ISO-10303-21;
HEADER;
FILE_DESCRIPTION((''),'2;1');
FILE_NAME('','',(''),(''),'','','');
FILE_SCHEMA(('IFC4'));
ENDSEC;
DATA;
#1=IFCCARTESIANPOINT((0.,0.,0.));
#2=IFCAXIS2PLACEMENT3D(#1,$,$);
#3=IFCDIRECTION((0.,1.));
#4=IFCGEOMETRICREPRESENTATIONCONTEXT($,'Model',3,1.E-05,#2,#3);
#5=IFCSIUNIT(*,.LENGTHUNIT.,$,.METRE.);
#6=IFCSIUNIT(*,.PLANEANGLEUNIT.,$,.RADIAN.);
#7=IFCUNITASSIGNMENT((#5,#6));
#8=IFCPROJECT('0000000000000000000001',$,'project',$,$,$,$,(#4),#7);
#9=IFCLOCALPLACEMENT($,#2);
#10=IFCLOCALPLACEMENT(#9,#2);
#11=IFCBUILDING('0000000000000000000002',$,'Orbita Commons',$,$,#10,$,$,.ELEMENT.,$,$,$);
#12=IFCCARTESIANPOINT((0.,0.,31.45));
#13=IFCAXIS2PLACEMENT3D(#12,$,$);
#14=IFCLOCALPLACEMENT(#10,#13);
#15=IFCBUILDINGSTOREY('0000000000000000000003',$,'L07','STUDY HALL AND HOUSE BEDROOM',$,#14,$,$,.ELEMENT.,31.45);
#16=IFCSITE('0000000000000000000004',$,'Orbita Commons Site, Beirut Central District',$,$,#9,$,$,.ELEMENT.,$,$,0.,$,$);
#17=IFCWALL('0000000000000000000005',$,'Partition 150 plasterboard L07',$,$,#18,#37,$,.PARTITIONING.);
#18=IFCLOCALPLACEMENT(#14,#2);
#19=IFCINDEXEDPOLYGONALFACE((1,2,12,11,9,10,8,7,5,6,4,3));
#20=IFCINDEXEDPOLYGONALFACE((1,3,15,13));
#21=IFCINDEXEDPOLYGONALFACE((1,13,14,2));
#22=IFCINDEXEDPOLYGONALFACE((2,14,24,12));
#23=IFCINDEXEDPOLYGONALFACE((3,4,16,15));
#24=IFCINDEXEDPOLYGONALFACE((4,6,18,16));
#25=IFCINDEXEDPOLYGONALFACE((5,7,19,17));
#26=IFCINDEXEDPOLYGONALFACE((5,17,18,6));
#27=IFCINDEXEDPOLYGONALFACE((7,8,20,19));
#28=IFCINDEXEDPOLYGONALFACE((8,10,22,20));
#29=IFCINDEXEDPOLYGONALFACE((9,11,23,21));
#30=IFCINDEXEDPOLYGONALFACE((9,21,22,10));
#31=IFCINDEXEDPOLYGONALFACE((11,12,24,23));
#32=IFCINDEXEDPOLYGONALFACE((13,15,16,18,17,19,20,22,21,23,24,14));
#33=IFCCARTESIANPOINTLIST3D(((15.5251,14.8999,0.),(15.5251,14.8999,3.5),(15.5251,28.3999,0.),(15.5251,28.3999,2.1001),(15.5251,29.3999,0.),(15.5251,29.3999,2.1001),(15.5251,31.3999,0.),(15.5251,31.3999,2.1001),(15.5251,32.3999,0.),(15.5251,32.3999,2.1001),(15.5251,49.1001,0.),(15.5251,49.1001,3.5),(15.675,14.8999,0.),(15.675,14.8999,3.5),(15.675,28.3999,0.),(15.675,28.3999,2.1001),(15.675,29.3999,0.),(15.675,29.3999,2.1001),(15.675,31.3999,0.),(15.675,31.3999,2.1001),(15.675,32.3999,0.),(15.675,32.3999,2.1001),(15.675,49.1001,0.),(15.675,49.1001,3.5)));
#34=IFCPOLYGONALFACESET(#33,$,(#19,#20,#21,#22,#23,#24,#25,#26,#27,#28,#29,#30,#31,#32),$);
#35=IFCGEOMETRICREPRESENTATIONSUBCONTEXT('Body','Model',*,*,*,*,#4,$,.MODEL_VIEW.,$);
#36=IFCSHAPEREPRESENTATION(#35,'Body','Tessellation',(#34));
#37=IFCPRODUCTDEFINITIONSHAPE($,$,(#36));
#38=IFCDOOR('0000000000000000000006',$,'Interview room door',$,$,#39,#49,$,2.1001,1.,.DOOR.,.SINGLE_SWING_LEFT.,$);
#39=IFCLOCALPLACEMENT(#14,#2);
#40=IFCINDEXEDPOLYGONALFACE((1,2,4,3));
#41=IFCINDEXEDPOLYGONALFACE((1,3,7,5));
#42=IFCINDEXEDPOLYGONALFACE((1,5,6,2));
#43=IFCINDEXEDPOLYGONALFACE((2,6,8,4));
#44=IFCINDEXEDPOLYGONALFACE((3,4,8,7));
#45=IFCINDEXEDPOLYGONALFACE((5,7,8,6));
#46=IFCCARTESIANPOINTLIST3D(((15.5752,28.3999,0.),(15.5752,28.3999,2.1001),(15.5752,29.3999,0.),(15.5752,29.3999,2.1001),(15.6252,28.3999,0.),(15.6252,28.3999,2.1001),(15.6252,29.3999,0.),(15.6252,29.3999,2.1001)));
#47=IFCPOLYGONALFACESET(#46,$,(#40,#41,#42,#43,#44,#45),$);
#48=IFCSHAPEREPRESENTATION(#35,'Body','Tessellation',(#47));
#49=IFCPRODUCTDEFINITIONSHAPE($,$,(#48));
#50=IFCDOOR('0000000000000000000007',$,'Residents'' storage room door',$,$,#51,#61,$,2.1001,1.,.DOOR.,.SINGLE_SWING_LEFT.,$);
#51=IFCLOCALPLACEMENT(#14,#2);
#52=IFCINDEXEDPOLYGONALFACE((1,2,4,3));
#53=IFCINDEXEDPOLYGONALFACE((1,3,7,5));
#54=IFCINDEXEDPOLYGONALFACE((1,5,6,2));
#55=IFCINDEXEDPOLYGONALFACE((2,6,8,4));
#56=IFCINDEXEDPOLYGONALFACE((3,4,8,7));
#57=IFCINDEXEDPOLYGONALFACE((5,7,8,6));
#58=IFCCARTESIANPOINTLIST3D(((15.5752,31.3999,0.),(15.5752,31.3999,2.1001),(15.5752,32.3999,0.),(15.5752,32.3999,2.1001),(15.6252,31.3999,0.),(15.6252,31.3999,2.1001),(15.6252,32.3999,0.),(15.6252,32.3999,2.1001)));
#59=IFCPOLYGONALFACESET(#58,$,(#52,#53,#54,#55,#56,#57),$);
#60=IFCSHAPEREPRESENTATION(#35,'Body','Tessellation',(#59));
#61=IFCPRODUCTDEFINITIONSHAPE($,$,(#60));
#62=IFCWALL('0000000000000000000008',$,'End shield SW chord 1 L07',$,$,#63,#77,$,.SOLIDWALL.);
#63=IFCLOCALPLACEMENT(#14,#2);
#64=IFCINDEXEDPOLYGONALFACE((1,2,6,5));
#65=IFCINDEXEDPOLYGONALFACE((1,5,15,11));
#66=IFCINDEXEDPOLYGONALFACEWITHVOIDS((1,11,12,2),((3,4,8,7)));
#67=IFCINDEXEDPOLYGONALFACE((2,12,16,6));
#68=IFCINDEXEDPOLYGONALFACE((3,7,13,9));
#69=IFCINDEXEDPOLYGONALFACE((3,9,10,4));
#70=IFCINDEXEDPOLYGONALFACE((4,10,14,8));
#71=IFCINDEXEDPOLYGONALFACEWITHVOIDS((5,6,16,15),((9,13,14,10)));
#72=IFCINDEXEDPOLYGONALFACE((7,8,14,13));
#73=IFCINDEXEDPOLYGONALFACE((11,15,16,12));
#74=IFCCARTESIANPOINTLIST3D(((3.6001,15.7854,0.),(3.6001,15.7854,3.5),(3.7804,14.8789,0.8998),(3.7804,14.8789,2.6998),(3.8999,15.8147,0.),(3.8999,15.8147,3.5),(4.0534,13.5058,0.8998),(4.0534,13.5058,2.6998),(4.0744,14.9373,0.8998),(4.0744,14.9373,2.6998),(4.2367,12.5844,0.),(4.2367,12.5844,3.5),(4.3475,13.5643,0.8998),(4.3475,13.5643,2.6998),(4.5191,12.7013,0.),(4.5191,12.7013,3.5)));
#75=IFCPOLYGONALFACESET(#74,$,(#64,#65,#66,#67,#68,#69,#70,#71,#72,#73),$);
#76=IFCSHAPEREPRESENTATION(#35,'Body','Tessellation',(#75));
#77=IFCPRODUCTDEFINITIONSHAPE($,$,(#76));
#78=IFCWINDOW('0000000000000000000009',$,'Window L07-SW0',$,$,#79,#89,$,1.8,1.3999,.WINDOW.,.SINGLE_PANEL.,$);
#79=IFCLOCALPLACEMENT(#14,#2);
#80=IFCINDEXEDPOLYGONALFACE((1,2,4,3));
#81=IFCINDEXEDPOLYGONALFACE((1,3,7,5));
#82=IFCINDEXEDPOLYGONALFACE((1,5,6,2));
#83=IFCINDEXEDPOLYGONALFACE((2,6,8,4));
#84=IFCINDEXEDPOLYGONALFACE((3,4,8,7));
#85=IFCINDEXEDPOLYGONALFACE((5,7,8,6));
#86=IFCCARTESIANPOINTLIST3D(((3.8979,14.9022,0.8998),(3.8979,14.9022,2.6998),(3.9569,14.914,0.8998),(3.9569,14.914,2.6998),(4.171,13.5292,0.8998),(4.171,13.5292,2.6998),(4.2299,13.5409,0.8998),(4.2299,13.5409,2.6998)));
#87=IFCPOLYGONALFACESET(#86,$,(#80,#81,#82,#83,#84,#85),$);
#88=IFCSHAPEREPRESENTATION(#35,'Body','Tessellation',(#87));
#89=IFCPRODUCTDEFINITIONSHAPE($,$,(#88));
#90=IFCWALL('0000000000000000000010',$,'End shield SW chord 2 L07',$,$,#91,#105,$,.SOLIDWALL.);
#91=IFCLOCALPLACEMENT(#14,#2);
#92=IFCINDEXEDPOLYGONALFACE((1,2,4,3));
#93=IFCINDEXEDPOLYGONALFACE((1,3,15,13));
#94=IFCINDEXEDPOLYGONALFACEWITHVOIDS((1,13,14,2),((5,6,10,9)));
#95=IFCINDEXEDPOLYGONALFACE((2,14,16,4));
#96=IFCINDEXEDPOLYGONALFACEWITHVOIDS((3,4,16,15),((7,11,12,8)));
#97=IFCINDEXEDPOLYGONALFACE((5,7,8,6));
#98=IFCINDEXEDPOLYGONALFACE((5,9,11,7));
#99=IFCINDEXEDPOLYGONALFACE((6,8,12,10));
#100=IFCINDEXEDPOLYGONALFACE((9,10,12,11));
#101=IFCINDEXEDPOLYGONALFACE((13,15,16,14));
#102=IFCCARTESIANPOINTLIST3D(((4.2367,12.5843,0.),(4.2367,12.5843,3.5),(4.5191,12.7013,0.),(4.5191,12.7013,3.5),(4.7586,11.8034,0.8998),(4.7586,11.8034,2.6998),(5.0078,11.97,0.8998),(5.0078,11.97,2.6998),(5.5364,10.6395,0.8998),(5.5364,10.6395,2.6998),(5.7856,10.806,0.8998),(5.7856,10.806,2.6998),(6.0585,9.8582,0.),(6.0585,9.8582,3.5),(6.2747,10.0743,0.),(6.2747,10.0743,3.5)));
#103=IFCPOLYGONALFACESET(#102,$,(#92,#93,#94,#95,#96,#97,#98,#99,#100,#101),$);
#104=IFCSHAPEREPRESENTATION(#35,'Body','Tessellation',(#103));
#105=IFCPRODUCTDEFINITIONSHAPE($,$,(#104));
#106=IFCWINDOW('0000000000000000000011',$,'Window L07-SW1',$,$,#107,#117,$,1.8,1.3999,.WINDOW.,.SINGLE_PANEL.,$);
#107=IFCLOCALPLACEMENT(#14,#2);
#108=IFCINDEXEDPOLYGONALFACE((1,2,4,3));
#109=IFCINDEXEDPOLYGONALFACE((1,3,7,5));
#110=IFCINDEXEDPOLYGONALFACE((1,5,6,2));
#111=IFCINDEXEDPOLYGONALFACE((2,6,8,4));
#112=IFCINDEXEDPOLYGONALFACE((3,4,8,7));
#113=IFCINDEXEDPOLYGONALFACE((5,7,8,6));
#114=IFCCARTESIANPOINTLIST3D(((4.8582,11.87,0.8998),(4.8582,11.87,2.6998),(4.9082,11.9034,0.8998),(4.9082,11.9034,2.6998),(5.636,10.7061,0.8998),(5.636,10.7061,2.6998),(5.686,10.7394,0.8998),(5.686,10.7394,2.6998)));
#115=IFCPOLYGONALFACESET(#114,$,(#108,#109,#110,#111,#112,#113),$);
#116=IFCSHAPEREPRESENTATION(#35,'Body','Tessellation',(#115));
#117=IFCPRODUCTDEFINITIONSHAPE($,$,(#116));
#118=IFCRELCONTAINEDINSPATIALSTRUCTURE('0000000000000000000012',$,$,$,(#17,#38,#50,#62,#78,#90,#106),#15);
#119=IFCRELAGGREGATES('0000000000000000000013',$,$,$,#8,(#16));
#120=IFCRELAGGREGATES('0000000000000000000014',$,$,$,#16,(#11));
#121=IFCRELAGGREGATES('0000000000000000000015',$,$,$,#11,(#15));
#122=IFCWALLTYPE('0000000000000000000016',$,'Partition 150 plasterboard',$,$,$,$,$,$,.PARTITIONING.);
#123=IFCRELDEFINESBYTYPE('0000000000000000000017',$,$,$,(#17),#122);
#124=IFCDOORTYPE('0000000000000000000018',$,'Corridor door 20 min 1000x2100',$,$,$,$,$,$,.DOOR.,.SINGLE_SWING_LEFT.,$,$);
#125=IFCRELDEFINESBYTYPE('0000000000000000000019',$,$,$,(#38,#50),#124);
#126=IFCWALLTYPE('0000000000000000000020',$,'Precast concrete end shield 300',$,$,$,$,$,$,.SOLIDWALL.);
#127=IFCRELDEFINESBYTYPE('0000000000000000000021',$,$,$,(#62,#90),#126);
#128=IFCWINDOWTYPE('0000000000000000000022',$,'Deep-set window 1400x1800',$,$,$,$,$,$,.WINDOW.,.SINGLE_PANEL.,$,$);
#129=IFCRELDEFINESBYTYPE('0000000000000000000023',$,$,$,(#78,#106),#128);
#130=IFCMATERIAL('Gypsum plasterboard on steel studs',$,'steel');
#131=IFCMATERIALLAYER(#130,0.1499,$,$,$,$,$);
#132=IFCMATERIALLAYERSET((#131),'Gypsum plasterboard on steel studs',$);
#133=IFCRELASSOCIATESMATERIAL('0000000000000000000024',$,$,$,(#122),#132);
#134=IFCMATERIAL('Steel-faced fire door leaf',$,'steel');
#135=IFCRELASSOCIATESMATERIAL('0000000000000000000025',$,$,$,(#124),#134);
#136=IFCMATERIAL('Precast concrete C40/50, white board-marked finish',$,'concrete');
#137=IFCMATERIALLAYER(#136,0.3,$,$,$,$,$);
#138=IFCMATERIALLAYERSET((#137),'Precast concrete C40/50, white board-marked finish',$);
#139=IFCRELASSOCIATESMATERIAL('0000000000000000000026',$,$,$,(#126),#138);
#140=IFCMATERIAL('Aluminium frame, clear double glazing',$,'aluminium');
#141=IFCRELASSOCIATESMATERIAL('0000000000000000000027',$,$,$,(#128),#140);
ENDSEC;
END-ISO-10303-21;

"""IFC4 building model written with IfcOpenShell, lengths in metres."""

from ifc_helpers import new_model, si_unit, direction, frame, frame_2d, origin, place, context, subcontext, project, spatial, polyline, rectangle, outline, extrude, material, layer, layer_set, type_object, element, fill, save


model = new_model("IFC4")

# Units and contexts
model_context = context("Model", 3, precision=1e-05, world=origin(), true_north=direction((0.0, 1.0)))
body_context = subcontext(model_context, "Body", "Model", "MODEL_VIEW")
ifc_project = project(units=[si_unit("LENGTHUNIT", "METRE"), si_unit("PLANEANGLEUNIT", "RADIAN")], contexts=[model_context])

# Site, building, storey
site_placement = place(None, origin())
site = spatial("IfcSite", under=ifc_project, at=site_placement, Name="Orbita Commons Site, Beirut Central District", CompositionType="ELEMENT", RefElevation=0.0)
building_placement = place(site_placement, origin())
building = spatial("IfcBuilding", under=site, at=building_placement, Name="Orbita Commons", CompositionType="ELEMENT")
storey_placement = place(building_placement, frame((0.0, 0.0, 31.45)))
storey = spatial("IfcBuildingStorey", under=building, at=storey_placement, Name="L07", Description="STUDY HALL AND HOUSE BEDROOM", CompositionType="ELEMENT", Elevation=31.45)

# Wall, openings, doors
ifc_material_1 = material(Name="Gypsum plasterboard on steel studs", Category="steel")
ifc_layer_1 = layer(ifc_material_1, 0.1499)
ifc_layer_set_1 = layer_set([ifc_layer_1], Name="Gypsum plasterboard on steel studs")
wall_type_1 = type_object("IfcWallType", Name="Partition 150 plasterboard", PredefinedType="PARTITIONING", material=ifc_layer_set_1)
wall_1_placement = place(storey_placement, frame((15.6001, 14.8999, 0.0), z_axis=(0.0, 0.0, 1.0), x_axis=(0.0, 1.0, 0.0)))
wall_1 = element("IfcWall", 1, at=wall_1_placement, inside=storey, type_object=wall_type_1, Name="Partition 150 plasterboard L07", PredefinedType="PARTITIONING", context=body_context, shape_type="SweptSolid", body=[
    extrude(rectangle(XDim=34.2002, YDim=0.1499, at=frame_2d((17.1001, 0.0))), origin(), (0.0, 0.0, 1.0), 3.5),
])
opening_1_placement = place(wall_1_placement, frame((13.5, 0.0, 0.0)))
opening_1 = element("IfcOpeningElement", 2, at=opening_1_placement, cuts=wall_1, PredefinedType="OPENING", context=body_context, shape_type="SweptSolid", body=[
    extrude(rectangle(XDim=1.0, YDim=2.1001, at=frame_2d((0.5, 1.05))), frame((0.0, 0.085, 0.0), z_axis=(0.0, -1.0, 0.0), x_axis=(1.0, 0.0, 0.0)), (0.0, 0.0, 1.0), 0.1699),
])
opening_2_placement = place(wall_1_placement, frame((16.5, 0.0, 0.0)))
opening_2 = element("IfcOpeningElement", 3, at=opening_2_placement, cuts=wall_1, PredefinedType="OPENING", context=body_context, shape_type="SweptSolid", body=[
    extrude(rectangle(XDim=1.0, YDim=2.1001, at=frame_2d((0.5, 1.05))), frame((0.0, 0.085, 0.0), z_axis=(0.0, -1.0, 0.0), x_axis=(1.0, 0.0, 0.0)), (0.0, 0.0, 1.0), 0.1699),
])
ifc_material_2 = material(Name="Steel-faced fire door leaf", Category="steel")
door_type_1 = type_object("IfcDoorType", Name="Corridor door 20 min 1000x2100", OperationType="SINGLE_SWING_LEFT", PredefinedType="DOOR", material=ifc_material_2)
door_1_placement = place(opening_1_placement, origin())
door_1 = element("IfcDoor", 4, at=door_1_placement, inside=storey, type_object=door_type_1, Name="Interview room door", OperationType="SINGLE_SWING_LEFT", OverallHeight=2.1001, OverallWidth=1.0, PredefinedType="DOOR", context=body_context, shape_type="SweptSolid", body=[
    extrude(rectangle(XDim=1.0, YDim=2.1001, at=frame_2d((0.5, 1.05))), frame((0.0, 0.0249, 0.0), z_axis=(0.0, -1.0, 0.0), x_axis=(1.0, 0.0, 0.0)), (0.0, 0.0, 1.0), 0.05),
])
fill(opening_1, door_1)
door_2_placement = place(opening_2_placement, origin())
door_2 = element("IfcDoor", 5, at=door_2_placement, inside=storey, type_object=door_type_1, Name="Residents' storage room door", OperationType="SINGLE_SWING_LEFT", OverallHeight=2.1001, OverallWidth=1.0, PredefinedType="DOOR", context=body_context, shape_type="SweptSolid", body=[
    extrude(rectangle(XDim=1.0, YDim=2.1001, at=frame_2d((0.5, 1.05))), frame((0.0, 0.0249, 0.0), z_axis=(0.0, -1.0, 0.0), x_axis=(1.0, 0.0, 0.0)), (0.0, 0.0, 1.0), 0.05),
])
fill(opening_2, door_2)

# Walls, openings, windows
ifc_material_3 = material(Name="Precast concrete C40/50, white board-marked finish", Category="concrete")
ifc_layer_2 = layer(ifc_material_3, 0.3)
ifc_layer_set_2 = layer_set([ifc_layer_2], Name="Precast concrete C40/50, white board-marked finish")
wall_type_2 = type_object("IfcWallType", Name="Precast concrete end shield 300", PredefinedType="SOLIDWALL", material=ifc_layer_set_2)
wall_2_placement = place(storey_placement, frame((3.75, 15.8, 0.0), z_axis=(0.0, 0.0, 1.0), x_axis=(0.195066, -0.98079, 0.0)))
wall_2 = element("IfcWall", 6, at=wall_2_placement, inside=storey, type_object=wall_type_2, Name="End shield SW chord 1 L07", PredefinedType="SOLIDWALL", context=body_context, shape_type="SweptSolid", body=[
    extrude(outline(polyline([(-0.0149, -0.1499), (3.2488, -0.1499), (3.1892, 0.1499), (0.0149, 0.1499), (-0.0149, -0.1499)])), origin(), (0.0, 0.0, 1.0), 3.5),
])
opening_3_placement = place(wall_2_placement, frame((0.9094, 0.0, 0.8999)))
opening_3 = element("IfcOpeningElement", 7, at=opening_3_placement, cuts=wall_2, PredefinedType="OPENING", context=body_context, shape_type="SweptSolid", body=[
    extrude(rectangle(XDim=1.3999, YDim=1.8, at=frame_2d((0.7, 0.8999))), frame((0.0, 0.1599, 0.0), z_axis=(0.0, -1.0, 0.0), x_axis=(1.0, 0.0, 0.0)), (0.0, 0.0, 1.0), 0.3201),
])
ifc_material_4 = material(Name="Aluminium frame, clear double glazing", Category="aluminium")
window_type = type_object("IfcWindowType", Name="Deep-set window 1400x1800", PartitioningType="SINGLE_PANEL", PredefinedType="WINDOW", material=ifc_material_4)
window_1_placement = place(opening_3_placement, origin())
window_1 = element("IfcWindow", 8, at=window_1_placement, inside=storey, type_object=window_type, Name="Window L07-SW0", OverallHeight=1.8, OverallWidth=1.3999, PartitioningType="SINGLE_PANEL", PredefinedType="WINDOW", context=body_context, shape_type="SweptSolid", body=[
    extrude(rectangle(XDim=1.3999, YDim=1.8, at=frame_2d((0.7, 0.8999))), frame((0.0, 0.03, 0.0), z_axis=(0.0, -1.0, 0.0), x_axis=(1.0, 0.0, 0.0)), (0.0, 0.0, 1.0), 0.0601),
])
fill(opening_3, window_1)
wall_3_placement = place(storey_placement, frame((4.3779, 12.6428, 0.0), z_axis=(0.0, 0.0, 1.0), x_axis=(0.55561, -0.831443, 0.0)))
wall_3 = element("IfcWall", 9, at=wall_3_placement, inside=storey, type_object=wall_type_2, Name="End shield SW chord 2 L07", PredefinedType="SOLIDWALL", context=body_context, shape_type="SweptSolid", body=[
    extrude(outline(polyline([(-0.0298, -0.1499), (3.249, -0.1499), (3.1895, 0.1499), (0.0298, 0.1499), (-0.0298, -0.1499)])), origin(), (0.0, 0.0, 1.0), 3.5),
])
opening_4_placement = place(wall_3_placement, frame((0.9094, 0.0, 0.8999)))
opening_4 = element("IfcOpeningElement", 10, at=opening_4_placement, cuts=wall_3, PredefinedType="OPENING", context=body_context, shape_type="SweptSolid", body=[
    extrude(rectangle(XDim=1.3999, YDim=1.8, at=frame_2d((0.7, 0.8999))), frame((0.0, 0.1599, 0.0), z_axis=(0.0, -1.0, 0.0), x_axis=(1.0, 0.0, 0.0)), (0.0, 0.0, 1.0), 0.3201),
])
window_2_placement = place(opening_4_placement, origin())
window_2 = element("IfcWindow", 11, at=window_2_placement, inside=storey, type_object=window_type, Name="Window L07-SW1", OverallHeight=1.8, OverallWidth=1.3999, PartitioningType="SINGLE_PANEL", PredefinedType="WINDOW", context=body_context, shape_type="SweptSolid", body=[
    extrude(rectangle(XDim=1.3999, YDim=1.8, at=frame_2d((0.7, 0.8999))), frame((0.0, 0.03, 0.0), z_axis=(0.0, -1.0, 0.0), x_axis=(1.0, 0.0, 0.0)), (0.0, 0.0, 1.0), 0.0601),
])
fill(opening_4, window_2)

save(model, "model.ifc")
